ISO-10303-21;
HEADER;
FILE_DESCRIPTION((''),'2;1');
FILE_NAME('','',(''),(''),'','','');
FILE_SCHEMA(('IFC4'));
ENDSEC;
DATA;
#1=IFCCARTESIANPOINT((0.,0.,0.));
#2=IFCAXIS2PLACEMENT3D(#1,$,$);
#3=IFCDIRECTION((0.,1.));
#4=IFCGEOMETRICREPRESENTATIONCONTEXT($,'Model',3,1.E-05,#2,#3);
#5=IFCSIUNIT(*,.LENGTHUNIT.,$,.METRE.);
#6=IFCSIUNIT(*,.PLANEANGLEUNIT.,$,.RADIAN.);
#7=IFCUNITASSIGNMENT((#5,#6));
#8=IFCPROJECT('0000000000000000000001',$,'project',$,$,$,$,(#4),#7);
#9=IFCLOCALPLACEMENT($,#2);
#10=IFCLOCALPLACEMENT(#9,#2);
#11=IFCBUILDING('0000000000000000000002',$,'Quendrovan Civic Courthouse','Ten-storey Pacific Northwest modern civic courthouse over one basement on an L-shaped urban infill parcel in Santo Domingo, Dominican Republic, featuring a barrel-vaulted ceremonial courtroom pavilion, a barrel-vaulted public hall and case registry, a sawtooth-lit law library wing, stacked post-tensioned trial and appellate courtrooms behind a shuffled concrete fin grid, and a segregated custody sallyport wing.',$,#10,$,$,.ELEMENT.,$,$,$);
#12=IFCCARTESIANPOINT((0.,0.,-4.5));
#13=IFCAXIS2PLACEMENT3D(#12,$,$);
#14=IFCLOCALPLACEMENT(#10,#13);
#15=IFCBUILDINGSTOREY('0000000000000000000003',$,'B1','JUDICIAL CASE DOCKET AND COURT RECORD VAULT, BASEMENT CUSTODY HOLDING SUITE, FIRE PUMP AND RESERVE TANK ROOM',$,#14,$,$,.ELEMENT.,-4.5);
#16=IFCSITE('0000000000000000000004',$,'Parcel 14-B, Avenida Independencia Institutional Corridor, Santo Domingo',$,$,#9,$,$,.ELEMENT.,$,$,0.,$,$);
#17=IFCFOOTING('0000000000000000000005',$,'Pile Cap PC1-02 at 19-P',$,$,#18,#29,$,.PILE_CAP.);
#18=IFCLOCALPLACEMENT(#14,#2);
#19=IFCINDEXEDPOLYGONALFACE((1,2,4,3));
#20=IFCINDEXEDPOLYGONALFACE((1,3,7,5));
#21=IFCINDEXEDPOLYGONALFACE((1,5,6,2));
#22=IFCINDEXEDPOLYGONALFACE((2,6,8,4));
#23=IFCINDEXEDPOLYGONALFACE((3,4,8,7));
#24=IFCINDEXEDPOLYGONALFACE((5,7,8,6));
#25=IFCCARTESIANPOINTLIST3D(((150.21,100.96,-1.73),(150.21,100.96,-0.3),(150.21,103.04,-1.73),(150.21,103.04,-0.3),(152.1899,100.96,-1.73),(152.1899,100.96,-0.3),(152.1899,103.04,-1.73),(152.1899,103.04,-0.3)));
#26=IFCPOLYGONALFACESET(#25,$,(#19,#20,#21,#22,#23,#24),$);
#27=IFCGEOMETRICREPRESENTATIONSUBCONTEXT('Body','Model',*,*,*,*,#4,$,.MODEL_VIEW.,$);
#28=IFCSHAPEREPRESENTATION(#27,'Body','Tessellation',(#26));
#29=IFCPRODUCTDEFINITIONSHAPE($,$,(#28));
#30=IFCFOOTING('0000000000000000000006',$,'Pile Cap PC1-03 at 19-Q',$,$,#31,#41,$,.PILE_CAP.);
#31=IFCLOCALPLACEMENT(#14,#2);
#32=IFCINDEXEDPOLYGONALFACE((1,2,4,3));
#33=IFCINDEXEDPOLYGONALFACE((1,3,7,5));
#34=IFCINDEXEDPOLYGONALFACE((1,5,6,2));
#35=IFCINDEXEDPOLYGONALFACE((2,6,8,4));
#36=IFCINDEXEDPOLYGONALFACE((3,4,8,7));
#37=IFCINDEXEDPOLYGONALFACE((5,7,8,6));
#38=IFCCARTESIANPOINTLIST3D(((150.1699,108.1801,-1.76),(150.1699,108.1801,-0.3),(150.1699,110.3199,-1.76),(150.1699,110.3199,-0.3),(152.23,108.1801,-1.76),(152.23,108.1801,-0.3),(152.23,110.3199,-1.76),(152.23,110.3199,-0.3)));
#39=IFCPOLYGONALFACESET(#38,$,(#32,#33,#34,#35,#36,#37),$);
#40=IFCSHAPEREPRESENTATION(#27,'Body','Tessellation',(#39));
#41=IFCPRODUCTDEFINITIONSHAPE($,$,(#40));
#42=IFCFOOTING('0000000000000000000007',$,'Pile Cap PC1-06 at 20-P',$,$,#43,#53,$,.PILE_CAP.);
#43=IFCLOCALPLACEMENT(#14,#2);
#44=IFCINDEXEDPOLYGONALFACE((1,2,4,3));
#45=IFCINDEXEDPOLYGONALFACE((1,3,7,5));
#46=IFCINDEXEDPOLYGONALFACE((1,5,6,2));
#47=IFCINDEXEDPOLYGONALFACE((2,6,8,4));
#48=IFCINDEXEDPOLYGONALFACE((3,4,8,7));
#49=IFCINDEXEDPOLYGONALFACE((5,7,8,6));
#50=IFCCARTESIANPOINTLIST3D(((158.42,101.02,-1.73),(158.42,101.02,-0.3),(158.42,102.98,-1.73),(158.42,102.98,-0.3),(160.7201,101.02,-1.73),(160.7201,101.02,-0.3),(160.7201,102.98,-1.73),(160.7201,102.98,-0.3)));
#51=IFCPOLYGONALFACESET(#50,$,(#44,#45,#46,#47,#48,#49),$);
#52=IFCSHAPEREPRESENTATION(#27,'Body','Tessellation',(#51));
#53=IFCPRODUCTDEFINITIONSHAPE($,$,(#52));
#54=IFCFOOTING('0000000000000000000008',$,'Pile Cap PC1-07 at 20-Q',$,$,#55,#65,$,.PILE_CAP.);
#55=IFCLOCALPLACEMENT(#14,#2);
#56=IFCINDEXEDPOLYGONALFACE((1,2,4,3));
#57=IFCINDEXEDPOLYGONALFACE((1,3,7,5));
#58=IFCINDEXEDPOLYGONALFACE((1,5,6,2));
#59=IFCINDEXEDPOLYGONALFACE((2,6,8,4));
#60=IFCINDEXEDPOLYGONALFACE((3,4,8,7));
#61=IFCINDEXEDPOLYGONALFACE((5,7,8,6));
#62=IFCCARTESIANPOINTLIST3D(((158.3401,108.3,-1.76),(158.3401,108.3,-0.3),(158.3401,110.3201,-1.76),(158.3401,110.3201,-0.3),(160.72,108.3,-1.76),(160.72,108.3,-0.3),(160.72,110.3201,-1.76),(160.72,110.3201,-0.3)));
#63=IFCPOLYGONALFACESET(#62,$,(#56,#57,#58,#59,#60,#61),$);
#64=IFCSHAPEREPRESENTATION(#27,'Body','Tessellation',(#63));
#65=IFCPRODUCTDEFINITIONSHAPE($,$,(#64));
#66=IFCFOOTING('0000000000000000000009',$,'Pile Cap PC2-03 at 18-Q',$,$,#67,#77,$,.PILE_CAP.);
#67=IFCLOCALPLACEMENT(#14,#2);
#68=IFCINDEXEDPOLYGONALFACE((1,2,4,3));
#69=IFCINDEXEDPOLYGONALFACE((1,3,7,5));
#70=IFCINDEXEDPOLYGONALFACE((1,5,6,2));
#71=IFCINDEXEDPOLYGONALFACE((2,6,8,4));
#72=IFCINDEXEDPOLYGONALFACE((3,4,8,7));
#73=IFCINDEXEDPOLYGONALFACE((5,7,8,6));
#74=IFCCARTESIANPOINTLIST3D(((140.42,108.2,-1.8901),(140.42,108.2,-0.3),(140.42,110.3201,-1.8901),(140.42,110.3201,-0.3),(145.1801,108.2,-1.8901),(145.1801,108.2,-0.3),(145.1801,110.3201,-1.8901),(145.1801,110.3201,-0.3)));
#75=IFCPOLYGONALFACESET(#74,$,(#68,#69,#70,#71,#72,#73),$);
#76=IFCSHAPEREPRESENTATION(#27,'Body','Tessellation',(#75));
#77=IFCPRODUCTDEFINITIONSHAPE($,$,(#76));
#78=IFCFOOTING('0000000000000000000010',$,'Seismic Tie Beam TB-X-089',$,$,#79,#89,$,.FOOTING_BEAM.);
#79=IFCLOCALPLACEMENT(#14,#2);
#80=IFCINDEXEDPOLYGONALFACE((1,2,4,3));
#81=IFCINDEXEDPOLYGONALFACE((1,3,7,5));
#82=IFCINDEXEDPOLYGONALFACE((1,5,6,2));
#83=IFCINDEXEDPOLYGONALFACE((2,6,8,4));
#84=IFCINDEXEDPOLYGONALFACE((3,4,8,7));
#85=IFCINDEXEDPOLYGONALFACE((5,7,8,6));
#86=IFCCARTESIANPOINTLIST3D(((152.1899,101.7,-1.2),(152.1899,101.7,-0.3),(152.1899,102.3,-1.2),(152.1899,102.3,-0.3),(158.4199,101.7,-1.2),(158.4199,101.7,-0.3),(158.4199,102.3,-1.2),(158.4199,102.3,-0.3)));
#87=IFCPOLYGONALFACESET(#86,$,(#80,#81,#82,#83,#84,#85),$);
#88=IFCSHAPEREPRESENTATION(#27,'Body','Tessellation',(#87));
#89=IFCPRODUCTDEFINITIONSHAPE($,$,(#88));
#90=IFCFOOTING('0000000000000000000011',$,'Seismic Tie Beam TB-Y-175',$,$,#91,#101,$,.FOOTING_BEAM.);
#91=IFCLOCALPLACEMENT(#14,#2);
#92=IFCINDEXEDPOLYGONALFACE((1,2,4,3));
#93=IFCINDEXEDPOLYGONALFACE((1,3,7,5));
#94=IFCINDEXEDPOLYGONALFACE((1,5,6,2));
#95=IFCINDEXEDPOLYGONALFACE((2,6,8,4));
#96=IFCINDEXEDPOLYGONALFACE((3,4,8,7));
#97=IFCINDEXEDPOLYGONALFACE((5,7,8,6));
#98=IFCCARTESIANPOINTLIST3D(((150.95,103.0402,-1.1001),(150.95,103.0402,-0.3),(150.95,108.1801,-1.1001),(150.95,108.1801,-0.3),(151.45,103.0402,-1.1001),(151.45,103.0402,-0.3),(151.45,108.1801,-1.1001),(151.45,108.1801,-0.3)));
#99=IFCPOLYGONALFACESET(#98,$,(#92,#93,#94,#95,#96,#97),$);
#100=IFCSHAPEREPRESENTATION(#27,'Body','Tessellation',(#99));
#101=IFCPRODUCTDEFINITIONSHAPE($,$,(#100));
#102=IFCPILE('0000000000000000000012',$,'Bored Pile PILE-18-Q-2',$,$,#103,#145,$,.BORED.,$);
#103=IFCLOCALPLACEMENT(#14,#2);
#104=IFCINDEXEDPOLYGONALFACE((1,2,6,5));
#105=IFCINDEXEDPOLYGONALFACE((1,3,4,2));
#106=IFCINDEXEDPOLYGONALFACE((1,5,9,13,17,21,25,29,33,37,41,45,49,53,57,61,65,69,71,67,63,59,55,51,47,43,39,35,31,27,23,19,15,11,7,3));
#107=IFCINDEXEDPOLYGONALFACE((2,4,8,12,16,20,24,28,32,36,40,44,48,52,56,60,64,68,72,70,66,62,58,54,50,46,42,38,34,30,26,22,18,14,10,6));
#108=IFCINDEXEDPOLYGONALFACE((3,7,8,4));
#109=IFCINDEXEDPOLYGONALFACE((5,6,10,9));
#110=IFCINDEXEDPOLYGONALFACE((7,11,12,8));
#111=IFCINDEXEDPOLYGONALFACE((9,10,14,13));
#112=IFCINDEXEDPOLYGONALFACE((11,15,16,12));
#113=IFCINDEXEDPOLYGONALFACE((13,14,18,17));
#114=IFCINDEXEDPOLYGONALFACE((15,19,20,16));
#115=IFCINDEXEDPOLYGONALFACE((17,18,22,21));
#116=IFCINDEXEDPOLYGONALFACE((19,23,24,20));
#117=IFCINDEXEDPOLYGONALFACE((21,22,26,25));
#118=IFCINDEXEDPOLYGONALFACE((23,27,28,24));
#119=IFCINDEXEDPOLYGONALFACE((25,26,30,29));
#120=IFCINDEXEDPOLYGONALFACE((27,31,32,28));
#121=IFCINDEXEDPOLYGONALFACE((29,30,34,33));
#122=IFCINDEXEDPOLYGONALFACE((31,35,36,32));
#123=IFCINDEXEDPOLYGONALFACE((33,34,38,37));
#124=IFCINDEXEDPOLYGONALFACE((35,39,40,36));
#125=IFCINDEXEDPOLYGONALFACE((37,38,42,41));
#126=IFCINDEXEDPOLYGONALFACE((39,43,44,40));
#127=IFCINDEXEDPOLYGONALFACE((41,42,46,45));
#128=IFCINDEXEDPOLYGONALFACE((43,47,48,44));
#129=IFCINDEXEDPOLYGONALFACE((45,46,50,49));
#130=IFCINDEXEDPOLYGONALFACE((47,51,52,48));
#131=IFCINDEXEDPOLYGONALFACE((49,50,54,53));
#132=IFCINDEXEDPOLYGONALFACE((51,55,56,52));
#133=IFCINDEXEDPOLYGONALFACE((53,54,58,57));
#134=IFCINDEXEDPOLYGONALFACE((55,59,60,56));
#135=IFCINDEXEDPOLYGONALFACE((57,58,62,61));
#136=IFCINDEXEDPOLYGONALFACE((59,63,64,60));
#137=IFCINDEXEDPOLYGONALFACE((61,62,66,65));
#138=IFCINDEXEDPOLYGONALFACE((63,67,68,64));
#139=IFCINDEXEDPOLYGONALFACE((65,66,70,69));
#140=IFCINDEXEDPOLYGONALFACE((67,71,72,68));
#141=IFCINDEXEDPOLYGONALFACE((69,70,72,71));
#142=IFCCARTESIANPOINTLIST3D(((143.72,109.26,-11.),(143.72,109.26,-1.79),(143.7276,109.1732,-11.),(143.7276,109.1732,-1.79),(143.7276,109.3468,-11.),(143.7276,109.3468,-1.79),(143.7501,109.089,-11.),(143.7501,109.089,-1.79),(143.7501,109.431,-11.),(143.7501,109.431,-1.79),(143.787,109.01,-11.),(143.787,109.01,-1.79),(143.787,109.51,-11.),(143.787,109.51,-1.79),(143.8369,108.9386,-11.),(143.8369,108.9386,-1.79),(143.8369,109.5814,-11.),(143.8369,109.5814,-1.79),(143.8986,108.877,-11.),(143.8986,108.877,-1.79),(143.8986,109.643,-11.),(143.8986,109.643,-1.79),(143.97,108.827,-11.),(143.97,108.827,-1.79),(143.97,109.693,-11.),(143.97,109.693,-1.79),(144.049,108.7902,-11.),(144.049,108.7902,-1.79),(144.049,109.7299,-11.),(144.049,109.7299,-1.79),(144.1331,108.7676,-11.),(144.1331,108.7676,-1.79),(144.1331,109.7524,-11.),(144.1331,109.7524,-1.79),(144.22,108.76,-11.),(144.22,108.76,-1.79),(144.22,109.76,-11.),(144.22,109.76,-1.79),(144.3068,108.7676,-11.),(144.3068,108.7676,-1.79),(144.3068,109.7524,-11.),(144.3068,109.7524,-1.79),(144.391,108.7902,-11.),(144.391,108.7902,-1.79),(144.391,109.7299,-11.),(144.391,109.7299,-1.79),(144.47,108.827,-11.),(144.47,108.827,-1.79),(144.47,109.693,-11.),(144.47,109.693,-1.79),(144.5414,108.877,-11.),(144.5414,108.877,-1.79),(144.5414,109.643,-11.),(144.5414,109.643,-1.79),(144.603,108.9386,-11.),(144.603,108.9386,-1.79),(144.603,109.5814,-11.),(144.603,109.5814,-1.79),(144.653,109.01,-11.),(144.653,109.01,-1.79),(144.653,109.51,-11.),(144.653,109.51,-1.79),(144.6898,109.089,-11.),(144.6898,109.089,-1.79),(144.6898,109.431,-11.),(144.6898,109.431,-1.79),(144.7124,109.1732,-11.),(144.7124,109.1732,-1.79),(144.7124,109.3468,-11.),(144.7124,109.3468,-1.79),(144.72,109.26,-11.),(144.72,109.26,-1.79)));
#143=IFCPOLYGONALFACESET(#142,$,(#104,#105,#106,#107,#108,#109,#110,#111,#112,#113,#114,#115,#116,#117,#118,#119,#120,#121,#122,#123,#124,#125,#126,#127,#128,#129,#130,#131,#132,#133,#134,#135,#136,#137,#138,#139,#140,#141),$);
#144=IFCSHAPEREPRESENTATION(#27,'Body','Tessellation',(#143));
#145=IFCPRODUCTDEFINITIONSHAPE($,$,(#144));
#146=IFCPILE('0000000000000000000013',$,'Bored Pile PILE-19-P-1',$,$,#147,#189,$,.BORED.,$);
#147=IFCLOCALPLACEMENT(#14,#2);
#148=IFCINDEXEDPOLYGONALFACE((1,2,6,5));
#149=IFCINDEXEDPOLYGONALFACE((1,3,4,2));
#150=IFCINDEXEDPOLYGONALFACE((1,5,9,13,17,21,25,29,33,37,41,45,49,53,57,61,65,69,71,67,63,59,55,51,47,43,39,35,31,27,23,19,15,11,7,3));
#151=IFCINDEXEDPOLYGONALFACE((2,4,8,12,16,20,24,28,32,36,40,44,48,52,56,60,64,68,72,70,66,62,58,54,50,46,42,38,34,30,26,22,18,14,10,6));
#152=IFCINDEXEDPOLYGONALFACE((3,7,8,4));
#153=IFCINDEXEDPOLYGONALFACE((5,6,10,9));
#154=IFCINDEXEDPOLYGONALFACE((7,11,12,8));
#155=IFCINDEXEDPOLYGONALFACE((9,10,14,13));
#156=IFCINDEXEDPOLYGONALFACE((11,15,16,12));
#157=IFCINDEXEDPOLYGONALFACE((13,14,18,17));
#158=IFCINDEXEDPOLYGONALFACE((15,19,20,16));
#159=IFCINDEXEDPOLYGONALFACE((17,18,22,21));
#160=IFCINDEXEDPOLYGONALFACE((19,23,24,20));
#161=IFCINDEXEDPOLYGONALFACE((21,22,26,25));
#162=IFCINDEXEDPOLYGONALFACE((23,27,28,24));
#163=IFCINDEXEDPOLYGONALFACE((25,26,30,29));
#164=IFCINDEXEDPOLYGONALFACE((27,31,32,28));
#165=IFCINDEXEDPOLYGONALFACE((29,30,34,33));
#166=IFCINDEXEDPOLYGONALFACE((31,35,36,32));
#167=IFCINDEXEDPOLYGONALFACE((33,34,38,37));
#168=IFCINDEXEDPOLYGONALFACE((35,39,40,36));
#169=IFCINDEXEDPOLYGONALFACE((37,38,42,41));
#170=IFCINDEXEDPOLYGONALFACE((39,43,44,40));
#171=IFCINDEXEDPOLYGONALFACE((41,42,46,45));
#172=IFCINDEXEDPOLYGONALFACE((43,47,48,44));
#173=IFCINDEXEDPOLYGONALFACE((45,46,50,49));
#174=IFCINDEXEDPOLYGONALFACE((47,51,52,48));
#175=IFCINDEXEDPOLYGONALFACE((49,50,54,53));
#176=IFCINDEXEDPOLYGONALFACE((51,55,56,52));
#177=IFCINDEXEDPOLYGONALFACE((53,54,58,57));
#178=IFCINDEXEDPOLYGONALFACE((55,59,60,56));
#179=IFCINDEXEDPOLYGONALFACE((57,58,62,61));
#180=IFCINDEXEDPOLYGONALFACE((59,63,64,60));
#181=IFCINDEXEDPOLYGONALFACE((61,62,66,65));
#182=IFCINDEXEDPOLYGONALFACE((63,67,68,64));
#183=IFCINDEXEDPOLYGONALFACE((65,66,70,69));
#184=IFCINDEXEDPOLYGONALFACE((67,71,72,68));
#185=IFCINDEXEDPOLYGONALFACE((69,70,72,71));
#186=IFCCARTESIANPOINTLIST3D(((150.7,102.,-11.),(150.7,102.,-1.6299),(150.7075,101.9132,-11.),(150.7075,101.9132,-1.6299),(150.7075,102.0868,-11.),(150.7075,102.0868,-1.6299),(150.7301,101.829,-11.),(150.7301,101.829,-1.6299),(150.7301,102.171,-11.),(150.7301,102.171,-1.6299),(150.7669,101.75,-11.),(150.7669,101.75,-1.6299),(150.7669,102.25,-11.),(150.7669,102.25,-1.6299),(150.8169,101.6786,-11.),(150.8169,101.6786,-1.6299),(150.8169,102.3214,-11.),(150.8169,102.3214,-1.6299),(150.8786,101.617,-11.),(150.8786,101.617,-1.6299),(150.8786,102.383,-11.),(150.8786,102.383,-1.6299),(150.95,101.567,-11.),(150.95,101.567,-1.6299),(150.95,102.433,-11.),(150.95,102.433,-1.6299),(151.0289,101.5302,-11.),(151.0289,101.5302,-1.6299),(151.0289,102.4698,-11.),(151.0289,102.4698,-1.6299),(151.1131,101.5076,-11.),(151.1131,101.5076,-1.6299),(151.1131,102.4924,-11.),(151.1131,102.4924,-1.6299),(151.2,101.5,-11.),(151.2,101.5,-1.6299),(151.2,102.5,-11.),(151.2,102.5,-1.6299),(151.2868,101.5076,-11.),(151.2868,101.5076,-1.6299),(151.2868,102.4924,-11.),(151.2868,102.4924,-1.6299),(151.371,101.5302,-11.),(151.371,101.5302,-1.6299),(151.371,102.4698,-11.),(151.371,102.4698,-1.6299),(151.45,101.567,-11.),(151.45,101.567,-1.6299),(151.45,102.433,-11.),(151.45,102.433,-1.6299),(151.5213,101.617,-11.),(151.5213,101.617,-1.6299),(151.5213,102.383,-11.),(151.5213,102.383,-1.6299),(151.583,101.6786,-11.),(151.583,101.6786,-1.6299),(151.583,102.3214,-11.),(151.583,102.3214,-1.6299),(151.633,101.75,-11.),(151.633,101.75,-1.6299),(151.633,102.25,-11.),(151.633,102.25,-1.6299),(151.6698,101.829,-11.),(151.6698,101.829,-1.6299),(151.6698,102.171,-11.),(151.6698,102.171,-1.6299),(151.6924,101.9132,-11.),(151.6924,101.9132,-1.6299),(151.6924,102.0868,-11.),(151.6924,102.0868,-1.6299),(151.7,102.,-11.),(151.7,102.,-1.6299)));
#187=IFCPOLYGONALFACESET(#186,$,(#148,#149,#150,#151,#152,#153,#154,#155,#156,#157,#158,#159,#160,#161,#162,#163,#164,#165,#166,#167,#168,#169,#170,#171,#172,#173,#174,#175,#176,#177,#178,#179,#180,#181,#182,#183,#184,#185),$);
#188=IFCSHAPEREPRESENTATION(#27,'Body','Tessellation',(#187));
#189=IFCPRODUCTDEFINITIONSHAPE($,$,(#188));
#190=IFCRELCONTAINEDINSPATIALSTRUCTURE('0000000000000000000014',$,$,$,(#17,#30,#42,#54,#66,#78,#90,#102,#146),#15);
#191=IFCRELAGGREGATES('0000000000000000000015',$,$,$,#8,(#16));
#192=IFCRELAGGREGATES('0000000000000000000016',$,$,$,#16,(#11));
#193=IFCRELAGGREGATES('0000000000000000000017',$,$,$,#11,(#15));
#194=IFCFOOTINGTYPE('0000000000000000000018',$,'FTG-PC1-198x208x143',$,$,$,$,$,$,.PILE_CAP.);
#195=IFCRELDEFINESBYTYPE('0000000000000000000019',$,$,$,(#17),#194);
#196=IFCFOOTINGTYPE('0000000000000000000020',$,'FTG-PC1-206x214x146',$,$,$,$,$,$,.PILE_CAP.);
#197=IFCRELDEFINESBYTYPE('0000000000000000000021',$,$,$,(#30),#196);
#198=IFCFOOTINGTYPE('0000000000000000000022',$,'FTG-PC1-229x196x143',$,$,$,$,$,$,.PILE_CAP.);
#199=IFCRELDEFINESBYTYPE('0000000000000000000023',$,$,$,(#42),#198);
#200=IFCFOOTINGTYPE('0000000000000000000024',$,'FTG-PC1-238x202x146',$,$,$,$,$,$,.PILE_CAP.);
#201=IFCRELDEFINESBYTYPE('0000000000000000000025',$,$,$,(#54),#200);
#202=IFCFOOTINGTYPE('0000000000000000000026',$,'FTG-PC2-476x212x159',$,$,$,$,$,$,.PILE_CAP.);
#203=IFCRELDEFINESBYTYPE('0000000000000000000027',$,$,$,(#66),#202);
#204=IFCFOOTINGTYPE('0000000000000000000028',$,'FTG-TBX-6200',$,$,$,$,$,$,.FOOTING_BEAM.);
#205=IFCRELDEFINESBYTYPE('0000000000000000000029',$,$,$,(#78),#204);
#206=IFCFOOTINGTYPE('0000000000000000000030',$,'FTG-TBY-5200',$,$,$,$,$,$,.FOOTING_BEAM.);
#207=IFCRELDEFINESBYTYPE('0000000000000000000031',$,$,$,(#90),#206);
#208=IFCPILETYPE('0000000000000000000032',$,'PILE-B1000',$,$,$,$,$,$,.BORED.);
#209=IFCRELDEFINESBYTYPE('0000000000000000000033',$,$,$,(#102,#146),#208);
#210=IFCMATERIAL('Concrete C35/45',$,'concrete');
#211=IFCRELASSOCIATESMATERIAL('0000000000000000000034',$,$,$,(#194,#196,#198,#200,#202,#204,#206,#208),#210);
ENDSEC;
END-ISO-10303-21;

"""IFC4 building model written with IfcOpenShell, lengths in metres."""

from ifc_helpers import new_model, si_unit, direction, frame, origin, origin_2d, place, context, subcontext, project, spatial, rectangle, circle, extrude, material, material_profile, profile_set, type_object, element, save


model = new_model("IFC4")

# Units and contexts
model_context = context("Model", 3, precision=1e-05, world=origin(), true_north=direction((0.0, 1.0)))
body_context = subcontext(model_context, "Body", "Model", "MODEL_VIEW")
ifc_project = project(units=[si_unit("LENGTHUNIT", "METRE"), si_unit("PLANEANGLEUNIT", "RADIAN")], contexts=[model_context])

# Site, building, storey
site_placement = place(None, origin())
site = spatial("IfcSite", under=ifc_project, at=site_placement, Name="Parcel 14-B, Avenida Independencia Institutional Corridor, Santo Domingo", CompositionType="ELEMENT", RefElevation=0.0)
building_placement = place(site_placement, origin())
building = spatial("IfcBuilding", under=site, at=building_placement, Name="Quendrovan Civic Courthouse", Description="Ten-storey Pacific Northwest modern civic courthouse over one basement on an L-shaped urban infill parcel in Santo Domingo, Dominican Republic, featuring a barrel-vaulted ceremonial courtroom pavilion, a barrel-vaulted public hall and case registry, a sawtooth-lit law library wing, stacked post-tensioned trial and appellate courtrooms behind a shuffled concrete fin grid, and a segregated custody sallyport wing.", CompositionType="ELEMENT")
storey_placement = place(building_placement, frame((0.0, 0.0, -4.5)))
storey = spatial("IfcBuildingStorey", under=building, at=storey_placement, Name="B1", Description="JUDICIAL CASE DOCKET AND COURT RECORD VAULT, BASEMENT CUSTODY HOLDING SUITE, FIRE PUMP AND RESERVE TANK ROOM", CompositionType="ELEMENT", Elevation=-4.5)

# Footings
ifc_material_1 = material(Name="Concrete C35/45", Category="concrete")
footing_type_1 = type_object("IfcFootingType", Name="FTG-PC1-198x208x143", PredefinedType="PILE_CAP", material=ifc_material_1)
footing_1_placement = place(storey_placement, frame((151.2, 102.0, -1.73), z_axis=(0.0, 0.0, 1.0), x_axis=(1.0, 0.0, 0.0)))
element("IfcFooting", 1, at=footing_1_placement, inside=storey, type_object=footing_type_1, Name="Pile Cap PC1-02 at 19-P", PredefinedType="PILE_CAP", context=body_context, shape_type="SweptSolid", body=[
    extrude(rectangle(XDim=1.98, YDim=2.0801, at=origin_2d()), origin(), (0.0, 0.0, 1.0), 1.4299),
])
footing_type_2 = type_object("IfcFootingType", Name="FTG-PC1-206x214x146", PredefinedType="PILE_CAP", material=ifc_material_1)
footing_2_placement = place(storey_placement, frame((151.2, 109.25, -1.76), z_axis=(0.0, 0.0, 1.0), x_axis=(1.0, 0.0, 0.0)))
element("IfcFooting", 2, at=footing_2_placement, inside=storey, type_object=footing_type_2, Name="Pile Cap PC1-03 at 19-Q", PredefinedType="PILE_CAP", context=body_context, shape_type="SweptSolid", body=[
    extrude(rectangle(XDim=2.0601, YDim=2.1399, at=origin_2d()), origin(), (0.0, 0.0, 1.0), 1.46),
])
footing_type_3 = type_object("IfcFootingType", Name="FTG-PC1-229x196x143", PredefinedType="PILE_CAP", material=ifc_material_1)
footing_3_placement = place(storey_placement, frame((159.5701, 102.0, -1.73), z_axis=(0.0, 0.0, 1.0), x_axis=(1.0, 0.0, 0.0)))
element("IfcFooting", 3, at=footing_3_placement, inside=storey, type_object=footing_type_3, Name="Pile Cap PC1-06 at 20-P", PredefinedType="PILE_CAP", context=body_context, shape_type="SweptSolid", body=[
    extrude(rectangle(XDim=2.3, YDim=1.96, at=origin_2d()), origin(), (0.0, 0.0, 1.0), 1.4299),
])
footing_type_4 = type_object("IfcFootingType", Name="FTG-PC1-238x202x146", PredefinedType="PILE_CAP", material=ifc_material_1)
footing_4_placement = place(storey_placement, frame((159.53, 109.3101, -1.76), z_axis=(0.0, 0.0, 1.0), x_axis=(1.0, 0.0, 0.0)))
element("IfcFooting", 4, at=footing_4_placement, inside=storey, type_object=footing_type_4, Name="Pile Cap PC1-07 at 20-Q", PredefinedType="PILE_CAP", context=body_context, shape_type="SweptSolid", body=[
    extrude(rectangle(XDim=2.3799, YDim=2.02, at=origin_2d()), origin(), (0.0, 0.0, 1.0), 1.46),
])
footing_type_5 = type_object("IfcFootingType", Name="FTG-PC2-476x212x159", PredefinedType="PILE_CAP", material=ifc_material_1)
footing_5_placement = place(storey_placement, frame((142.8, 109.26, -1.8901), z_axis=(0.0, 0.0, 1.0), x_axis=(1.0, 0.0, 0.0)))
element("IfcFooting", 5, at=footing_5_placement, inside=storey, type_object=footing_type_5, Name="Pile Cap PC2-03 at 18-Q", PredefinedType="PILE_CAP", context=body_context, shape_type="SweptSolid", body=[
    extrude(rectangle(XDim=4.76, YDim=2.1201, at=origin_2d()), origin(), (0.0, 0.0, 1.0), 1.5901),
])
footing_type_6 = type_object("IfcFootingType", Name="FTG-TBX-6200", PredefinedType="FOOTING_BEAM", material=ifc_material_1)
footing_6_placement = place(storey_placement, frame((155.3049, 102.0, -1.2), z_axis=(0.0, 0.0, 1.0), x_axis=(1.0, 0.0, 0.0)))
element("IfcFooting", 6, at=footing_6_placement, inside=storey, type_object=footing_type_6, Name="Seismic Tie Beam TB-X-089", PredefinedType="FOOTING_BEAM", context=body_context, shape_type="SweptSolid", body=[
    extrude(rectangle(XDim=6.23, YDim=0.6001, at=origin_2d()), origin(), (0.0, 0.0, 1.0), 0.8999),
])
footing_type_7 = type_object("IfcFootingType", Name="FTG-TBY-5200", PredefinedType="FOOTING_BEAM", material=ifc_material_1)
footing_7_placement = place(storey_placement, frame((151.2, 105.6101, -1.1001), z_axis=(0.0, 0.0, 1.0), x_axis=(1.0, 0.0, 0.0)))
element("IfcFooting", 7, at=footing_7_placement, inside=storey, type_object=footing_type_7, Name="Seismic Tie Beam TB-Y-175", PredefinedType="FOOTING_BEAM", context=body_context, shape_type="SweptSolid", body=[
    extrude(rectangle(XDim=0.5, YDim=5.1399, at=origin_2d()), origin(), (0.0, 0.0, 1.0), 0.8),
])

# Piles
ifc_material_profile_1 = material_profile(ifc_material_1, circle(Radius=0.5, at=origin_2d()), Name="PILE-D1000")
ifc_profile_set_1 = profile_set([ifc_material_profile_1], Name="Concrete C35/45")
pile_type = type_object("IfcPileType", Name="PILE-B1000", PredefinedType="BORED", material=ifc_profile_set_1)
pile_1_placement = place(storey_placement, frame((144.22, 109.26, -1.79), z_axis=(0.0, 0.0, -1.0), x_axis=(1.0, 0.0, 0.0)))
element("IfcPile", 8, at=pile_1_placement, inside=storey, type_object=pile_type, Name="Bored Pile PILE-18-Q-2", PredefinedType="BORED", context=body_context, shape_type="SweptSolid", body=[
    extrude(circle(Radius=0.5, at=origin_2d()), origin(), (0.0, 0.0, 1.0), 9.21),
])
pile_2_placement = place(storey_placement, frame((151.2, 102.0, -1.6299), z_axis=(0.0, 0.0, -1.0), x_axis=(1.0, 0.0, 0.0)))
element("IfcPile", 9, at=pile_2_placement, inside=storey, type_object=pile_type, Name="Bored Pile PILE-19-P-1", PredefinedType="BORED", context=body_context, shape_type="SweptSolid", body=[
    extrude(circle(Radius=0.5, at=origin_2d()), origin(), (0.0, 0.0, 1.0), 9.3701),
])

save(model, "model.ifc")
